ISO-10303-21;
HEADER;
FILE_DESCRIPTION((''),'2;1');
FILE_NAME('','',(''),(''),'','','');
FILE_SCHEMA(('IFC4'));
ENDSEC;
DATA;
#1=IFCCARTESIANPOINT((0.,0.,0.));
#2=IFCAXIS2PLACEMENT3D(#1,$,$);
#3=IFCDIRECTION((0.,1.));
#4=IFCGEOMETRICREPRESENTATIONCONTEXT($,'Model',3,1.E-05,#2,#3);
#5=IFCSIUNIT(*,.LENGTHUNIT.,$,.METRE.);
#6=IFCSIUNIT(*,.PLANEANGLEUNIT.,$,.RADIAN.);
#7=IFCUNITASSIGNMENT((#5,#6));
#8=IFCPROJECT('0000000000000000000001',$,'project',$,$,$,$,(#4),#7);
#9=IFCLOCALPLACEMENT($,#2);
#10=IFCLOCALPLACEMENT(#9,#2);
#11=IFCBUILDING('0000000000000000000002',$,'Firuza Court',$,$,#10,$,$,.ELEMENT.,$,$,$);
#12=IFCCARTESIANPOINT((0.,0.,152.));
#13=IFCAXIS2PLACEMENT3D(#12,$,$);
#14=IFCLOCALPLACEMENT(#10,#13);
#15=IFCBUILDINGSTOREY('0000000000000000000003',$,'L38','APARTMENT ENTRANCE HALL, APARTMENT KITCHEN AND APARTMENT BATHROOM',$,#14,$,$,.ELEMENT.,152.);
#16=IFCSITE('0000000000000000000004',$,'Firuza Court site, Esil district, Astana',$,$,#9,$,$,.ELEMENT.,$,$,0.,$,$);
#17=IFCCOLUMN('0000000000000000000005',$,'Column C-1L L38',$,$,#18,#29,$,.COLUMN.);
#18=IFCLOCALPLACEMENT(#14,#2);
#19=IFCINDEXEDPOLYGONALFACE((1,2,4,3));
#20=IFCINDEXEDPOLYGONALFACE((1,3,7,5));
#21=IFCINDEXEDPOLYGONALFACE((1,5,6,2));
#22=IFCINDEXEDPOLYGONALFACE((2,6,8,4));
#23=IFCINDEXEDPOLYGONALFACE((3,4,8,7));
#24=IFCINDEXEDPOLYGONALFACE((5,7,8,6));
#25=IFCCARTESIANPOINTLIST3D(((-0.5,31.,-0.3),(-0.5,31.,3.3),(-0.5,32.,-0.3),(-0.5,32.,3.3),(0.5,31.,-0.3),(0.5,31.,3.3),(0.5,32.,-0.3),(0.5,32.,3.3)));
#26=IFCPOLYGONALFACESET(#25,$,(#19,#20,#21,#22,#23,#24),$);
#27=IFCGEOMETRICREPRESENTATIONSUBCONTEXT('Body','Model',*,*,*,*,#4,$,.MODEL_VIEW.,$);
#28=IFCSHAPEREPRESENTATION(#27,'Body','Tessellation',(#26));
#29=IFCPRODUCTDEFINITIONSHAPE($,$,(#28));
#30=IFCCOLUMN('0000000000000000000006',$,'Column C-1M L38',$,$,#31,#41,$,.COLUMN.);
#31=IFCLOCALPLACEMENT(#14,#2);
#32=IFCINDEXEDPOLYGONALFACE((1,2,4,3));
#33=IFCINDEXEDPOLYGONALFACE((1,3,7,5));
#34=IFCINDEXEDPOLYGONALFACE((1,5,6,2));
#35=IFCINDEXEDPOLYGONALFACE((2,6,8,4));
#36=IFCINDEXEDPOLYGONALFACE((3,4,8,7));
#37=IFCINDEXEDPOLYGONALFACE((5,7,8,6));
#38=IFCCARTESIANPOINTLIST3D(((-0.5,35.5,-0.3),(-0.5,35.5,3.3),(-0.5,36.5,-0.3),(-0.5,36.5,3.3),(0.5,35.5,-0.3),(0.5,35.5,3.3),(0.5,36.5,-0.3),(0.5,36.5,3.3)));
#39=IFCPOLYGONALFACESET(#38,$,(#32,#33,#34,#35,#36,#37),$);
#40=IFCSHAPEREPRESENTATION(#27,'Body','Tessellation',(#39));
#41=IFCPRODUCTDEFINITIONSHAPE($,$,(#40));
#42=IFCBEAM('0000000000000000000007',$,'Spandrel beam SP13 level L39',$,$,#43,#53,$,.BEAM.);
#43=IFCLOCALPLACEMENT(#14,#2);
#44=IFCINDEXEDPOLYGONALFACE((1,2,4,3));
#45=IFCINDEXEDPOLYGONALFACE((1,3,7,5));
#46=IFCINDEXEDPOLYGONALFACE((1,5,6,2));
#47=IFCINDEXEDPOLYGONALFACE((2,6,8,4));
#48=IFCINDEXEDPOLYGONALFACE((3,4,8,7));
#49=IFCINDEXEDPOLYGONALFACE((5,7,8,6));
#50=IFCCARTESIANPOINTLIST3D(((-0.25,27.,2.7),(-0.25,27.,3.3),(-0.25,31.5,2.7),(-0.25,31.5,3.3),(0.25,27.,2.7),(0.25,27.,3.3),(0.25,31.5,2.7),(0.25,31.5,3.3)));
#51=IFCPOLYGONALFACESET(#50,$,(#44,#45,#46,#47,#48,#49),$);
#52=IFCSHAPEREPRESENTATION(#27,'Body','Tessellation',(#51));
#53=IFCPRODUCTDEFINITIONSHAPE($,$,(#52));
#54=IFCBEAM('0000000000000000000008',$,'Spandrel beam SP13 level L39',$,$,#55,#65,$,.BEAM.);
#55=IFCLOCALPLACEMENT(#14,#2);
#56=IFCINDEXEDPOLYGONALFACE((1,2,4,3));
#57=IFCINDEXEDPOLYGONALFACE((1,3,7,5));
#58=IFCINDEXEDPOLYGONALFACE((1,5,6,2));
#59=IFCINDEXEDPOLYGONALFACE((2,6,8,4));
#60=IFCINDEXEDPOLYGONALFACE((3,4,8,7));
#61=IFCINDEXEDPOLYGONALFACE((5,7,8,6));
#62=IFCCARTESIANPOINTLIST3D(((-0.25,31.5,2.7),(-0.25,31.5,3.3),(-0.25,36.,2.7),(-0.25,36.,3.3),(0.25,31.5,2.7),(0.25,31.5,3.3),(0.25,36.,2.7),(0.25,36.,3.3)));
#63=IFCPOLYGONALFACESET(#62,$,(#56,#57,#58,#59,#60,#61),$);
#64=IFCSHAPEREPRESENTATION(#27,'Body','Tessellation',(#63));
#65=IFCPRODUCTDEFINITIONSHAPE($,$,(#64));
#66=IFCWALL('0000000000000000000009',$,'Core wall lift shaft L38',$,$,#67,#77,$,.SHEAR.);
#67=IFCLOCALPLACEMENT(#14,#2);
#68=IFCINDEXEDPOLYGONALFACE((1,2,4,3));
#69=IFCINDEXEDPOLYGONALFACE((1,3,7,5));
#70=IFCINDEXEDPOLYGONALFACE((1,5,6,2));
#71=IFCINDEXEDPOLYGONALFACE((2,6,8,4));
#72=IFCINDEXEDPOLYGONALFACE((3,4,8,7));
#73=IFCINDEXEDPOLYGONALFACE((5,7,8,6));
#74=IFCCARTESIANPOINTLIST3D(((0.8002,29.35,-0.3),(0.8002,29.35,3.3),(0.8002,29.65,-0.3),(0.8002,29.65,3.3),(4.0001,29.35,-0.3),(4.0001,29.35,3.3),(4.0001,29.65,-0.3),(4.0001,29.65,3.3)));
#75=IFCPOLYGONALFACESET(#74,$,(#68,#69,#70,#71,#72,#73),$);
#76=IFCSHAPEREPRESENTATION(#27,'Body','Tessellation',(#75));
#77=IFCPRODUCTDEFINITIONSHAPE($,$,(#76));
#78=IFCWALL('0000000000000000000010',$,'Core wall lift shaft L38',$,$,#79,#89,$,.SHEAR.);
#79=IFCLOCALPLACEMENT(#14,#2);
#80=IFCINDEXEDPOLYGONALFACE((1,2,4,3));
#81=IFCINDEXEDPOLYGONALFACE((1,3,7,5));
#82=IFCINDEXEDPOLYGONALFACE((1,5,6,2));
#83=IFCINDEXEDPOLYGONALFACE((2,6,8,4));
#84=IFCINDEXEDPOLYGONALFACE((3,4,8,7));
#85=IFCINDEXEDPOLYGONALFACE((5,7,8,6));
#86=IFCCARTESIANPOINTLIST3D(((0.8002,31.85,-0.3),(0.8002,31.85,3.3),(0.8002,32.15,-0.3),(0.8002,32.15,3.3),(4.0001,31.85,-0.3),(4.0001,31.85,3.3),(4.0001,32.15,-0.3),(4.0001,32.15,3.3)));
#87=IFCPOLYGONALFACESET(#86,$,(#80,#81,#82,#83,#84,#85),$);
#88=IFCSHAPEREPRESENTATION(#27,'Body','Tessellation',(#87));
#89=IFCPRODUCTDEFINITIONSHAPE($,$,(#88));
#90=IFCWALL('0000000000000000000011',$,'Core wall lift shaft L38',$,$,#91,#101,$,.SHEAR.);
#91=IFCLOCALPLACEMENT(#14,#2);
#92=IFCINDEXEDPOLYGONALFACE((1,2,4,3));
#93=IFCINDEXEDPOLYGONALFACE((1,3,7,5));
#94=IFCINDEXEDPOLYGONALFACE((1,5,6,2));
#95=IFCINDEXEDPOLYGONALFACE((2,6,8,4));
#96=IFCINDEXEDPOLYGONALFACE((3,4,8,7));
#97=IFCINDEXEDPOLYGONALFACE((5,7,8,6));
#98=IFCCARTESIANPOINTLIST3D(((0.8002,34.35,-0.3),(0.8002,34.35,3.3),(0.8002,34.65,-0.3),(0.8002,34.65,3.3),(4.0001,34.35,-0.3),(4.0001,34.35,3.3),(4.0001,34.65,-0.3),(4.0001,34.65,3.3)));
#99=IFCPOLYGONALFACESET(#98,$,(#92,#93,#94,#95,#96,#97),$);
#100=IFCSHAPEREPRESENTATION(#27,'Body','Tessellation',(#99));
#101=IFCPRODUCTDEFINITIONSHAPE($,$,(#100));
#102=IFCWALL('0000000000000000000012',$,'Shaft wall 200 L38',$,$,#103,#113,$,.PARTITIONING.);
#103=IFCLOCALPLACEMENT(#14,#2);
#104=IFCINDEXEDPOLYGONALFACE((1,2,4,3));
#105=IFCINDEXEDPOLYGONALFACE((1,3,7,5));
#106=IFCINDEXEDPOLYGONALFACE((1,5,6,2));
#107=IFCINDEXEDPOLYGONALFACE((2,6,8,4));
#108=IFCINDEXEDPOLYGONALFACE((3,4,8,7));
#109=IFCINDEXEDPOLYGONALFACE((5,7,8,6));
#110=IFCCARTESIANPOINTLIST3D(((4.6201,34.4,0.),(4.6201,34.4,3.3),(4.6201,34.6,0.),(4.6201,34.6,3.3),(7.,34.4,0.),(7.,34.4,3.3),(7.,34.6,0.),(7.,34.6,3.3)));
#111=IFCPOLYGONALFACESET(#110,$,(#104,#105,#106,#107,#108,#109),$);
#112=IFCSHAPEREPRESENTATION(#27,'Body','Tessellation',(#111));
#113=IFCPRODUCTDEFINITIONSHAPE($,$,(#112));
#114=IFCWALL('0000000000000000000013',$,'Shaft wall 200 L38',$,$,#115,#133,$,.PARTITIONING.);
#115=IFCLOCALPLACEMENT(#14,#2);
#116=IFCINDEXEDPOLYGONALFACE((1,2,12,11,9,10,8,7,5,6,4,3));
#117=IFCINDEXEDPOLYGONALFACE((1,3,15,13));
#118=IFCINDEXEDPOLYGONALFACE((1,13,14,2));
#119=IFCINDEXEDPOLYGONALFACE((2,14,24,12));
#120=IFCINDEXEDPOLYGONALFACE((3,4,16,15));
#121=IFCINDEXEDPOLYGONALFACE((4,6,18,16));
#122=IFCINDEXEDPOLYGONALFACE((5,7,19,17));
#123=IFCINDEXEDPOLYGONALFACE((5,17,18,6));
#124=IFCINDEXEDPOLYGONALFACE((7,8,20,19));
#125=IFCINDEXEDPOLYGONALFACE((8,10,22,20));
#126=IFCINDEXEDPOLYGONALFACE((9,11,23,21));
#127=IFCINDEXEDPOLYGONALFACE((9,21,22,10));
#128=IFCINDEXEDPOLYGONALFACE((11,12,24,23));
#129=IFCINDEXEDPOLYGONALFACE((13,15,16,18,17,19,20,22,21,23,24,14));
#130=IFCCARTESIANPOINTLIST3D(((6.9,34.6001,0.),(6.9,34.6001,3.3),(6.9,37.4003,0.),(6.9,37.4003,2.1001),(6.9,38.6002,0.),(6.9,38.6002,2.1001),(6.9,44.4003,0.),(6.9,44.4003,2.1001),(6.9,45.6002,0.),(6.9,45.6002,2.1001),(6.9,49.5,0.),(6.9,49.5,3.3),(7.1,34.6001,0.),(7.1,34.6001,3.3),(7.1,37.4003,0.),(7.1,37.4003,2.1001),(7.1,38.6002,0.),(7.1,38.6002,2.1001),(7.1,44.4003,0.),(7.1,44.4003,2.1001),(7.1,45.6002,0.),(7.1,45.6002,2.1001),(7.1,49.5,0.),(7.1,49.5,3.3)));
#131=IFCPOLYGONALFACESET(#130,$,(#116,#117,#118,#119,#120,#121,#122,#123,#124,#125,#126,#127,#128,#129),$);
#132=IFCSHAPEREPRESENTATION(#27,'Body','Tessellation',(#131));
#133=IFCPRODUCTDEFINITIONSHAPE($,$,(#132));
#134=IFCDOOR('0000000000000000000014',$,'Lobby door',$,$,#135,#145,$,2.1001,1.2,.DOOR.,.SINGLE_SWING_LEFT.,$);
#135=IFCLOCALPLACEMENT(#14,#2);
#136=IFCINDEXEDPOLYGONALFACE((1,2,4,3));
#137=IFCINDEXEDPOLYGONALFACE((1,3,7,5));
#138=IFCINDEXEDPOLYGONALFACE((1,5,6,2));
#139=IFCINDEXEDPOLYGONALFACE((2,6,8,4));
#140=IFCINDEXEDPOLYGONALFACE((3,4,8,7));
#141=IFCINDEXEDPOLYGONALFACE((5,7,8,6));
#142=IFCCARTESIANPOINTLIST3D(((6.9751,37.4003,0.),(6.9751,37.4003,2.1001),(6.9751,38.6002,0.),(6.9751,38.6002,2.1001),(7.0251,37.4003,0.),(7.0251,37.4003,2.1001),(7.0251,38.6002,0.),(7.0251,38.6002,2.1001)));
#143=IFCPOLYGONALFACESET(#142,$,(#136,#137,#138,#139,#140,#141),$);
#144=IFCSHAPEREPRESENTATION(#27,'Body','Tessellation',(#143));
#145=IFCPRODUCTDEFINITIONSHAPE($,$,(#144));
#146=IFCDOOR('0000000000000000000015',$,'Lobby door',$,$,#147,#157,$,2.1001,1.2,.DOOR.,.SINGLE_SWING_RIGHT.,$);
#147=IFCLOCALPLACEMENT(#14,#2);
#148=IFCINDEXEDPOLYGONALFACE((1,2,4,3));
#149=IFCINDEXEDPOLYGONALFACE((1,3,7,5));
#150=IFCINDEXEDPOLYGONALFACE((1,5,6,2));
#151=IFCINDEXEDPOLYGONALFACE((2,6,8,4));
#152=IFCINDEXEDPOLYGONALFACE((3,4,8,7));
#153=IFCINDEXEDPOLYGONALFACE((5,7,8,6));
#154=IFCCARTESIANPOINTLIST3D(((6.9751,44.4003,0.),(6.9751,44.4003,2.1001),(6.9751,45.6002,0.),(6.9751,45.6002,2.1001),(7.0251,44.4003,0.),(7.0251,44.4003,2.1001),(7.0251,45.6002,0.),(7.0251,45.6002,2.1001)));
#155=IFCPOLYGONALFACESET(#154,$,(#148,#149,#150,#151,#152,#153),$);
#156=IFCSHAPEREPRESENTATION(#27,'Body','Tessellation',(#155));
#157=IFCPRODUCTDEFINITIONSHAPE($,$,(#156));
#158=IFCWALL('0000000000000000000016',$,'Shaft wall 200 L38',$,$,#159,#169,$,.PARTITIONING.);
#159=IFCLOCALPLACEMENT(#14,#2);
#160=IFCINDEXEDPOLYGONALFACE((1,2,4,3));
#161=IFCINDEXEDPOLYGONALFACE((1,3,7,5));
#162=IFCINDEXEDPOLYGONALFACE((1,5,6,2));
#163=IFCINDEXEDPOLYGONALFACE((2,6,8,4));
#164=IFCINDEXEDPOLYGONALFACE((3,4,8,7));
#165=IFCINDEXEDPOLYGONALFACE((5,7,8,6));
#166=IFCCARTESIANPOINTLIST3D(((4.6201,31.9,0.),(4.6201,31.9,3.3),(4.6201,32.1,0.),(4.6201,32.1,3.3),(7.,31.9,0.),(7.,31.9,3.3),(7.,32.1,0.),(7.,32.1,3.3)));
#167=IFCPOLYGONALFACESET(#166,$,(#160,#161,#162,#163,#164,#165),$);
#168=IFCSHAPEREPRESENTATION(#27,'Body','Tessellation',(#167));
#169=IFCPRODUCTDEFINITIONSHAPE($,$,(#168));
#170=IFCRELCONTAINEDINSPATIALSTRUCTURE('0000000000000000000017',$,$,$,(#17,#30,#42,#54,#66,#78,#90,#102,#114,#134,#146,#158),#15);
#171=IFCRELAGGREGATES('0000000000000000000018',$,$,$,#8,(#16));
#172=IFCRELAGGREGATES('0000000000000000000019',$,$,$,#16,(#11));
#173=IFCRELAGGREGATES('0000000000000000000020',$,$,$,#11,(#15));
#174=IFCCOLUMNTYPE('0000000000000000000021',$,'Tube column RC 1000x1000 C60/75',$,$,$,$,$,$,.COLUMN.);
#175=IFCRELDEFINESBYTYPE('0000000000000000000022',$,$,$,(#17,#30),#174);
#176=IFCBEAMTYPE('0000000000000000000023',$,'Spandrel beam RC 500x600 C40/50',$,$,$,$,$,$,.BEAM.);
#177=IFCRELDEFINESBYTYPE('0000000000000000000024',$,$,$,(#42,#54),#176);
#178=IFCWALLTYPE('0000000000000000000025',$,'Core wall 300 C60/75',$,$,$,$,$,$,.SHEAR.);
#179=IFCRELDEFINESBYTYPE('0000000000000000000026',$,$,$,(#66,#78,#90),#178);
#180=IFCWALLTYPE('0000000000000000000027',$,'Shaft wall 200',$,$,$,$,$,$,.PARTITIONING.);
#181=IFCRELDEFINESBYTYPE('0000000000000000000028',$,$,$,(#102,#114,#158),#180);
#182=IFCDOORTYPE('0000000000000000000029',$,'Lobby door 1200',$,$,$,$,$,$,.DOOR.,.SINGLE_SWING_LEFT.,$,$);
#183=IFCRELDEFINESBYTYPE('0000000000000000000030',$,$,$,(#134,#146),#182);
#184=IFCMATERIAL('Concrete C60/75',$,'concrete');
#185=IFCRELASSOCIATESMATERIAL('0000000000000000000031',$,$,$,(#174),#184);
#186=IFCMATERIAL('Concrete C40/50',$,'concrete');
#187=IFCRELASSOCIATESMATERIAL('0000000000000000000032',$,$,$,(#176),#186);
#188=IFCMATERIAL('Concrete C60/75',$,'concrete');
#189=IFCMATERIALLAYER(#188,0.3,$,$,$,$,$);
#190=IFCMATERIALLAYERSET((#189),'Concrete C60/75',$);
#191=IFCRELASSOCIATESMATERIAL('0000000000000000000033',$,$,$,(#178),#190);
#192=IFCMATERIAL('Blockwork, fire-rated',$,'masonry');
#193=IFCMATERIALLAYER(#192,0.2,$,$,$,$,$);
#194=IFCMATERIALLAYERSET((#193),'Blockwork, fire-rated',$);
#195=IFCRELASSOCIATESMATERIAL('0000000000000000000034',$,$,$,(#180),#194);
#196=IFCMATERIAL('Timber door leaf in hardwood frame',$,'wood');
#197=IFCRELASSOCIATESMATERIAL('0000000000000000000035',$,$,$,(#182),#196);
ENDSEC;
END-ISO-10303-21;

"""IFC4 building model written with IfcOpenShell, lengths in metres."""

from ifc_helpers import new_model, si_unit, direction, frame, frame_2d, origin, origin_2d, place, context, subcontext, project, spatial, rectangle, extrude, material, layer, layer_set, material_profile, profile_set, type_object, element, fill, save


model = new_model("IFC4")

# Units and contexts
model_context = context("Model", 3, precision=1e-05, world=origin(), true_north=direction((0.0, 1.0)))
body_context = subcontext(model_context, "Body", "Model", "MODEL_VIEW")
ifc_project = project(units=[si_unit("LENGTHUNIT", "METRE"), si_unit("PLANEANGLEUNIT", "RADIAN")], contexts=[model_context])

# Site, building, storey
site_placement = place(None, origin())
site = spatial("IfcSite", under=ifc_project, at=site_placement, Name="Firuza Court site, Esil district, Astana", CompositionType="ELEMENT", RefElevation=0.0)
building_placement = place(site_placement, origin())
building = spatial("IfcBuilding", under=site, at=building_placement, Name="Firuza Court", CompositionType="ELEMENT")
storey_placement = place(building_placement, frame((0.0, 0.0, 152.0)))
storey = spatial("IfcBuildingStorey", under=building, at=storey_placement, Name="L38", Description="APARTMENT ENTRANCE HALL, APARTMENT KITCHEN AND APARTMENT BATHROOM", CompositionType="ELEMENT", Elevation=152.0)

# Columns
ifc_material_1 = material(Name="Concrete C60/75", Category="concrete")
ifc_material_profile_1 = material_profile(ifc_material_1, rectangle(XDim=1.0, YDim=1.0, at=origin_2d()), Name="RC 1000x1000")
ifc_profile_set_1 = profile_set([ifc_material_profile_1], Name="Concrete C60/75")
column_type = type_object("IfcColumnType", Name="Tube column RC 1000x1000 C60/75", PredefinedType="COLUMN", material=ifc_profile_set_1)
for number, where, z_axis, x_axis, name in (
    (1, (0.0, 31.5, -0.3), (0.0, 0.0, 1.0), (1.0, 0.0, 0.0), "Column C-1L L38"),
    (2, (0.0, 36.0, -0.3), (0.0, 0.0, 1.0), (1.0, 0.0, 0.0), "Column C-1M L38"),
):
    element("IfcColumn", number, at=place(storey_placement, frame(where, z_axis=z_axis, x_axis=x_axis)), inside=storey, type_object=column_type, Name=name, PredefinedType="COLUMN", context=body_context, shape_type="SweptSolid", body=[
        extrude(rectangle(XDim=1.0, YDim=1.0, at=origin_2d()), origin(), (0.0, 0.0, 1.0), 3.6001),
    ])

# Beams
ifc_material_2 = material(Name="Concrete C40/50", Category="concrete")
ifc_material_profile_2 = material_profile(ifc_material_2, rectangle(XDim=0.5, YDim=0.6001, at=origin_2d()), Name="RC 500x600")
ifc_profile_set_2 = profile_set([ifc_material_profile_2], Name="Concrete C40/50")
beam_type = type_object("IfcBeamType", Name="Spandrel beam RC 500x600 C40/50", PredefinedType="BEAM", material=ifc_profile_set_2)
for number, where, z_axis, x_axis, name in (
    (3, (0.0, 31.5, 3.0), (0.0, -1.0, 0.0), (1.0, 0.0, 0.0), "Spandrel beam SP13 level L39"),
    (4, (0.0, 36.0, 3.0), (0.0, -1.0, 0.0), (1.0, 0.0, 0.0), "Spandrel beam SP13 level L39"),
):
    element("IfcBeam", number, at=place(storey_placement, frame(where, z_axis=z_axis, x_axis=x_axis)), inside=storey, type_object=beam_type, Name=name, PredefinedType="BEAM", context=body_context, shape_type="SweptSolid", body=[
        extrude(rectangle(XDim=0.5, YDim=0.6001, at=origin_2d()), origin(), (0.0, 0.0, 1.0), 4.5),
    ])

# Walls
ifc_material_3 = material(Name="Concrete C60/75", Category="concrete")
ifc_layer_1 = layer(ifc_material_3, 0.3)
ifc_layer_set_1 = layer_set([ifc_layer_1], Name="Concrete C60/75")
wall_type_1 = type_object("IfcWallType", Name="Core wall 300 C60/75", PredefinedType="SHEAR", material=ifc_layer_set_1)
for number, where, z_axis, x_axis, name in (
    (5, (0.8, 29.5, -0.3), (0.0, 0.0, 1.0), (1.0, 0.0, 0.0), "Core wall lift shaft L38"),
    (6, (0.8, 32.0, -0.3), (0.0, 0.0, 1.0), (1.0, 0.0, 0.0), "Core wall lift shaft L38"),
    (7, (0.8, 34.5, -0.3), (0.0, 0.0, 1.0), (1.0, 0.0, 0.0), "Core wall lift shaft L38"),
):
    element("IfcWall", number, at=place(storey_placement, frame(where, z_axis=z_axis, x_axis=x_axis)), inside=storey, type_object=wall_type_1, Name=name, PredefinedType="SHEAR", context=body_context, shape_type="SweptSolid", body=[
        extrude(rectangle(XDim=3.2, YDim=0.3, at=frame_2d((1.6001, 0.0))), origin(), (0.0, 0.0, 1.0), 3.6001),
    ])

# Wall
ifc_material_4 = material(Name="Blockwork, fire-rated", Category="masonry")
ifc_layer_2 = layer(ifc_material_4, 0.2)
ifc_layer_set_2 = layer_set([ifc_layer_2], Name="Blockwork, fire-rated")
wall_type_2 = type_object("IfcWallType", Name="Shaft wall 200", PredefinedType="PARTITIONING", material=ifc_layer_set_2)
wall_1_placement = place(storey_placement, frame((4.6201, 34.5, 0.0), z_axis=(0.0, 0.0, 1.0), x_axis=(1.0, 0.0, 0.0)))
element("IfcWall", 8, at=wall_1_placement, inside=storey, type_object=wall_type_2, Name="Shaft wall 200 L38", PredefinedType="PARTITIONING", context=body_context, shape_type="SweptSolid", body=[
    extrude(rectangle(XDim=2.3799, YDim=0.2, at=frame_2d((1.1899, 0.0))), origin(), (0.0, 0.0, 1.0), 3.3),
])

# Wall, openings, doors
wall_2_placement = place(storey_placement, frame((7.0, 34.6001, 0.0), z_axis=(0.0, 0.0, 1.0), x_axis=(0.0, 1.0, 0.0)))
wall_2 = element("IfcWall", 9, at=wall_2_placement, inside=storey, type_object=wall_type_2, Name="Shaft wall 200 L38", PredefinedType="PARTITIONING", context=body_context, shape_type="SweptSolid", body=[
    extrude(rectangle(XDim=14.8999, YDim=0.2, at=frame_2d((7.45, 0.0))), origin(), (0.0, 0.0, 1.0), 3.3),
])
opening_1_placement = place(wall_2_placement, frame((2.8, 0.0, 0.0)))
opening_1 = element("IfcOpeningElement", 10, at=opening_1_placement, cuts=wall_2, PredefinedType="OPENING", context=body_context, shape_type="SweptSolid", body=[
    extrude(rectangle(XDim=1.2, YDim=2.1001, at=frame_2d((0.6001, 1.05))), frame((0.0, 0.1118, 0.0), z_axis=(0.0, -1.0, 0.0), x_axis=(1.0, 0.0, 0.0)), (0.0, 0.0, 1.0), 0.2239),
])
opening_2_placement = place(wall_2_placement, frame((9.8, 0.0, 0.0)))
opening_2 = element("IfcOpeningElement", 11, at=opening_2_placement, cuts=wall_2, PredefinedType="OPENING", context=body_context, shape_type="SweptSolid", body=[
    extrude(rectangle(XDim=1.2, YDim=2.1001, at=frame_2d((0.6001, 1.05))), frame((0.0, 0.1118, 0.0), z_axis=(0.0, -1.0, 0.0), x_axis=(1.0, 0.0, 0.0)), (0.0, 0.0, 1.0), 0.2239),
])
ifc_material_5 = material(Name="Timber door leaf in hardwood frame", Category="wood")
door_type_1 = type_object("IfcDoorType", Name="Lobby door 1200", OperationType="SINGLE_SWING_LEFT", PredefinedType="DOOR", material=ifc_material_5)
door_1_placement = place(opening_1_placement, origin())
door_1 = element("IfcDoor", 12, at=door_1_placement, inside=storey, type_object=door_type_1, Name="Lobby door", OperationType="SINGLE_SWING_LEFT", OverallHeight=2.1001, OverallWidth=1.2, PredefinedType="DOOR", context=body_context, shape_type="SweptSolid", body=[
    extrude(rectangle(XDim=1.2, YDim=2.1001, at=frame_2d((0.6001, 1.05))), frame((0.0, 0.0249, 0.0), z_axis=(0.0, -1.0, 0.0), x_axis=(1.0, 0.0, 0.0)), (0.0, 0.0, 1.0), 0.05),
])
fill(opening_1, door_1)
door_2_placement = place(opening_2_placement, origin())
door_2 = element("IfcDoor", 13, at=door_2_placement, inside=storey, type_object=door_type_1, Name="Lobby door", OperationType="SINGLE_SWING_RIGHT", OverallHeight=2.1001, OverallWidth=1.2, PredefinedType="DOOR", context=body_context, shape_type="SweptSolid", body=[
    extrude(rectangle(XDim=1.2, YDim=2.1001, at=frame_2d((0.6001, 1.05))), frame((0.0, 0.0249, 0.0), z_axis=(0.0, -1.0, 0.0), x_axis=(1.0, 0.0, 0.0)), (0.0, 0.0, 1.0), 0.05),
])
fill(opening_2, door_2)

# Wall
wall_3_placement = place(storey_placement, frame((4.6201, 32.0, 0.0), z_axis=(0.0, 0.0, 1.0), x_axis=(1.0, 0.0, 0.0)))
element("IfcWall", 14, at=wall_3_placement, inside=storey, type_object=wall_type_2, Name="Shaft wall 200 L38", PredefinedType="PARTITIONING", context=body_context, shape_type="SweptSolid", body=[
    extrude(rectangle(XDim=2.3799, YDim=0.2, at=frame_2d((1.1899, 0.0))), origin(), (0.0, 0.0, 1.0), 3.3),
])

save(model, "model.ifc")
